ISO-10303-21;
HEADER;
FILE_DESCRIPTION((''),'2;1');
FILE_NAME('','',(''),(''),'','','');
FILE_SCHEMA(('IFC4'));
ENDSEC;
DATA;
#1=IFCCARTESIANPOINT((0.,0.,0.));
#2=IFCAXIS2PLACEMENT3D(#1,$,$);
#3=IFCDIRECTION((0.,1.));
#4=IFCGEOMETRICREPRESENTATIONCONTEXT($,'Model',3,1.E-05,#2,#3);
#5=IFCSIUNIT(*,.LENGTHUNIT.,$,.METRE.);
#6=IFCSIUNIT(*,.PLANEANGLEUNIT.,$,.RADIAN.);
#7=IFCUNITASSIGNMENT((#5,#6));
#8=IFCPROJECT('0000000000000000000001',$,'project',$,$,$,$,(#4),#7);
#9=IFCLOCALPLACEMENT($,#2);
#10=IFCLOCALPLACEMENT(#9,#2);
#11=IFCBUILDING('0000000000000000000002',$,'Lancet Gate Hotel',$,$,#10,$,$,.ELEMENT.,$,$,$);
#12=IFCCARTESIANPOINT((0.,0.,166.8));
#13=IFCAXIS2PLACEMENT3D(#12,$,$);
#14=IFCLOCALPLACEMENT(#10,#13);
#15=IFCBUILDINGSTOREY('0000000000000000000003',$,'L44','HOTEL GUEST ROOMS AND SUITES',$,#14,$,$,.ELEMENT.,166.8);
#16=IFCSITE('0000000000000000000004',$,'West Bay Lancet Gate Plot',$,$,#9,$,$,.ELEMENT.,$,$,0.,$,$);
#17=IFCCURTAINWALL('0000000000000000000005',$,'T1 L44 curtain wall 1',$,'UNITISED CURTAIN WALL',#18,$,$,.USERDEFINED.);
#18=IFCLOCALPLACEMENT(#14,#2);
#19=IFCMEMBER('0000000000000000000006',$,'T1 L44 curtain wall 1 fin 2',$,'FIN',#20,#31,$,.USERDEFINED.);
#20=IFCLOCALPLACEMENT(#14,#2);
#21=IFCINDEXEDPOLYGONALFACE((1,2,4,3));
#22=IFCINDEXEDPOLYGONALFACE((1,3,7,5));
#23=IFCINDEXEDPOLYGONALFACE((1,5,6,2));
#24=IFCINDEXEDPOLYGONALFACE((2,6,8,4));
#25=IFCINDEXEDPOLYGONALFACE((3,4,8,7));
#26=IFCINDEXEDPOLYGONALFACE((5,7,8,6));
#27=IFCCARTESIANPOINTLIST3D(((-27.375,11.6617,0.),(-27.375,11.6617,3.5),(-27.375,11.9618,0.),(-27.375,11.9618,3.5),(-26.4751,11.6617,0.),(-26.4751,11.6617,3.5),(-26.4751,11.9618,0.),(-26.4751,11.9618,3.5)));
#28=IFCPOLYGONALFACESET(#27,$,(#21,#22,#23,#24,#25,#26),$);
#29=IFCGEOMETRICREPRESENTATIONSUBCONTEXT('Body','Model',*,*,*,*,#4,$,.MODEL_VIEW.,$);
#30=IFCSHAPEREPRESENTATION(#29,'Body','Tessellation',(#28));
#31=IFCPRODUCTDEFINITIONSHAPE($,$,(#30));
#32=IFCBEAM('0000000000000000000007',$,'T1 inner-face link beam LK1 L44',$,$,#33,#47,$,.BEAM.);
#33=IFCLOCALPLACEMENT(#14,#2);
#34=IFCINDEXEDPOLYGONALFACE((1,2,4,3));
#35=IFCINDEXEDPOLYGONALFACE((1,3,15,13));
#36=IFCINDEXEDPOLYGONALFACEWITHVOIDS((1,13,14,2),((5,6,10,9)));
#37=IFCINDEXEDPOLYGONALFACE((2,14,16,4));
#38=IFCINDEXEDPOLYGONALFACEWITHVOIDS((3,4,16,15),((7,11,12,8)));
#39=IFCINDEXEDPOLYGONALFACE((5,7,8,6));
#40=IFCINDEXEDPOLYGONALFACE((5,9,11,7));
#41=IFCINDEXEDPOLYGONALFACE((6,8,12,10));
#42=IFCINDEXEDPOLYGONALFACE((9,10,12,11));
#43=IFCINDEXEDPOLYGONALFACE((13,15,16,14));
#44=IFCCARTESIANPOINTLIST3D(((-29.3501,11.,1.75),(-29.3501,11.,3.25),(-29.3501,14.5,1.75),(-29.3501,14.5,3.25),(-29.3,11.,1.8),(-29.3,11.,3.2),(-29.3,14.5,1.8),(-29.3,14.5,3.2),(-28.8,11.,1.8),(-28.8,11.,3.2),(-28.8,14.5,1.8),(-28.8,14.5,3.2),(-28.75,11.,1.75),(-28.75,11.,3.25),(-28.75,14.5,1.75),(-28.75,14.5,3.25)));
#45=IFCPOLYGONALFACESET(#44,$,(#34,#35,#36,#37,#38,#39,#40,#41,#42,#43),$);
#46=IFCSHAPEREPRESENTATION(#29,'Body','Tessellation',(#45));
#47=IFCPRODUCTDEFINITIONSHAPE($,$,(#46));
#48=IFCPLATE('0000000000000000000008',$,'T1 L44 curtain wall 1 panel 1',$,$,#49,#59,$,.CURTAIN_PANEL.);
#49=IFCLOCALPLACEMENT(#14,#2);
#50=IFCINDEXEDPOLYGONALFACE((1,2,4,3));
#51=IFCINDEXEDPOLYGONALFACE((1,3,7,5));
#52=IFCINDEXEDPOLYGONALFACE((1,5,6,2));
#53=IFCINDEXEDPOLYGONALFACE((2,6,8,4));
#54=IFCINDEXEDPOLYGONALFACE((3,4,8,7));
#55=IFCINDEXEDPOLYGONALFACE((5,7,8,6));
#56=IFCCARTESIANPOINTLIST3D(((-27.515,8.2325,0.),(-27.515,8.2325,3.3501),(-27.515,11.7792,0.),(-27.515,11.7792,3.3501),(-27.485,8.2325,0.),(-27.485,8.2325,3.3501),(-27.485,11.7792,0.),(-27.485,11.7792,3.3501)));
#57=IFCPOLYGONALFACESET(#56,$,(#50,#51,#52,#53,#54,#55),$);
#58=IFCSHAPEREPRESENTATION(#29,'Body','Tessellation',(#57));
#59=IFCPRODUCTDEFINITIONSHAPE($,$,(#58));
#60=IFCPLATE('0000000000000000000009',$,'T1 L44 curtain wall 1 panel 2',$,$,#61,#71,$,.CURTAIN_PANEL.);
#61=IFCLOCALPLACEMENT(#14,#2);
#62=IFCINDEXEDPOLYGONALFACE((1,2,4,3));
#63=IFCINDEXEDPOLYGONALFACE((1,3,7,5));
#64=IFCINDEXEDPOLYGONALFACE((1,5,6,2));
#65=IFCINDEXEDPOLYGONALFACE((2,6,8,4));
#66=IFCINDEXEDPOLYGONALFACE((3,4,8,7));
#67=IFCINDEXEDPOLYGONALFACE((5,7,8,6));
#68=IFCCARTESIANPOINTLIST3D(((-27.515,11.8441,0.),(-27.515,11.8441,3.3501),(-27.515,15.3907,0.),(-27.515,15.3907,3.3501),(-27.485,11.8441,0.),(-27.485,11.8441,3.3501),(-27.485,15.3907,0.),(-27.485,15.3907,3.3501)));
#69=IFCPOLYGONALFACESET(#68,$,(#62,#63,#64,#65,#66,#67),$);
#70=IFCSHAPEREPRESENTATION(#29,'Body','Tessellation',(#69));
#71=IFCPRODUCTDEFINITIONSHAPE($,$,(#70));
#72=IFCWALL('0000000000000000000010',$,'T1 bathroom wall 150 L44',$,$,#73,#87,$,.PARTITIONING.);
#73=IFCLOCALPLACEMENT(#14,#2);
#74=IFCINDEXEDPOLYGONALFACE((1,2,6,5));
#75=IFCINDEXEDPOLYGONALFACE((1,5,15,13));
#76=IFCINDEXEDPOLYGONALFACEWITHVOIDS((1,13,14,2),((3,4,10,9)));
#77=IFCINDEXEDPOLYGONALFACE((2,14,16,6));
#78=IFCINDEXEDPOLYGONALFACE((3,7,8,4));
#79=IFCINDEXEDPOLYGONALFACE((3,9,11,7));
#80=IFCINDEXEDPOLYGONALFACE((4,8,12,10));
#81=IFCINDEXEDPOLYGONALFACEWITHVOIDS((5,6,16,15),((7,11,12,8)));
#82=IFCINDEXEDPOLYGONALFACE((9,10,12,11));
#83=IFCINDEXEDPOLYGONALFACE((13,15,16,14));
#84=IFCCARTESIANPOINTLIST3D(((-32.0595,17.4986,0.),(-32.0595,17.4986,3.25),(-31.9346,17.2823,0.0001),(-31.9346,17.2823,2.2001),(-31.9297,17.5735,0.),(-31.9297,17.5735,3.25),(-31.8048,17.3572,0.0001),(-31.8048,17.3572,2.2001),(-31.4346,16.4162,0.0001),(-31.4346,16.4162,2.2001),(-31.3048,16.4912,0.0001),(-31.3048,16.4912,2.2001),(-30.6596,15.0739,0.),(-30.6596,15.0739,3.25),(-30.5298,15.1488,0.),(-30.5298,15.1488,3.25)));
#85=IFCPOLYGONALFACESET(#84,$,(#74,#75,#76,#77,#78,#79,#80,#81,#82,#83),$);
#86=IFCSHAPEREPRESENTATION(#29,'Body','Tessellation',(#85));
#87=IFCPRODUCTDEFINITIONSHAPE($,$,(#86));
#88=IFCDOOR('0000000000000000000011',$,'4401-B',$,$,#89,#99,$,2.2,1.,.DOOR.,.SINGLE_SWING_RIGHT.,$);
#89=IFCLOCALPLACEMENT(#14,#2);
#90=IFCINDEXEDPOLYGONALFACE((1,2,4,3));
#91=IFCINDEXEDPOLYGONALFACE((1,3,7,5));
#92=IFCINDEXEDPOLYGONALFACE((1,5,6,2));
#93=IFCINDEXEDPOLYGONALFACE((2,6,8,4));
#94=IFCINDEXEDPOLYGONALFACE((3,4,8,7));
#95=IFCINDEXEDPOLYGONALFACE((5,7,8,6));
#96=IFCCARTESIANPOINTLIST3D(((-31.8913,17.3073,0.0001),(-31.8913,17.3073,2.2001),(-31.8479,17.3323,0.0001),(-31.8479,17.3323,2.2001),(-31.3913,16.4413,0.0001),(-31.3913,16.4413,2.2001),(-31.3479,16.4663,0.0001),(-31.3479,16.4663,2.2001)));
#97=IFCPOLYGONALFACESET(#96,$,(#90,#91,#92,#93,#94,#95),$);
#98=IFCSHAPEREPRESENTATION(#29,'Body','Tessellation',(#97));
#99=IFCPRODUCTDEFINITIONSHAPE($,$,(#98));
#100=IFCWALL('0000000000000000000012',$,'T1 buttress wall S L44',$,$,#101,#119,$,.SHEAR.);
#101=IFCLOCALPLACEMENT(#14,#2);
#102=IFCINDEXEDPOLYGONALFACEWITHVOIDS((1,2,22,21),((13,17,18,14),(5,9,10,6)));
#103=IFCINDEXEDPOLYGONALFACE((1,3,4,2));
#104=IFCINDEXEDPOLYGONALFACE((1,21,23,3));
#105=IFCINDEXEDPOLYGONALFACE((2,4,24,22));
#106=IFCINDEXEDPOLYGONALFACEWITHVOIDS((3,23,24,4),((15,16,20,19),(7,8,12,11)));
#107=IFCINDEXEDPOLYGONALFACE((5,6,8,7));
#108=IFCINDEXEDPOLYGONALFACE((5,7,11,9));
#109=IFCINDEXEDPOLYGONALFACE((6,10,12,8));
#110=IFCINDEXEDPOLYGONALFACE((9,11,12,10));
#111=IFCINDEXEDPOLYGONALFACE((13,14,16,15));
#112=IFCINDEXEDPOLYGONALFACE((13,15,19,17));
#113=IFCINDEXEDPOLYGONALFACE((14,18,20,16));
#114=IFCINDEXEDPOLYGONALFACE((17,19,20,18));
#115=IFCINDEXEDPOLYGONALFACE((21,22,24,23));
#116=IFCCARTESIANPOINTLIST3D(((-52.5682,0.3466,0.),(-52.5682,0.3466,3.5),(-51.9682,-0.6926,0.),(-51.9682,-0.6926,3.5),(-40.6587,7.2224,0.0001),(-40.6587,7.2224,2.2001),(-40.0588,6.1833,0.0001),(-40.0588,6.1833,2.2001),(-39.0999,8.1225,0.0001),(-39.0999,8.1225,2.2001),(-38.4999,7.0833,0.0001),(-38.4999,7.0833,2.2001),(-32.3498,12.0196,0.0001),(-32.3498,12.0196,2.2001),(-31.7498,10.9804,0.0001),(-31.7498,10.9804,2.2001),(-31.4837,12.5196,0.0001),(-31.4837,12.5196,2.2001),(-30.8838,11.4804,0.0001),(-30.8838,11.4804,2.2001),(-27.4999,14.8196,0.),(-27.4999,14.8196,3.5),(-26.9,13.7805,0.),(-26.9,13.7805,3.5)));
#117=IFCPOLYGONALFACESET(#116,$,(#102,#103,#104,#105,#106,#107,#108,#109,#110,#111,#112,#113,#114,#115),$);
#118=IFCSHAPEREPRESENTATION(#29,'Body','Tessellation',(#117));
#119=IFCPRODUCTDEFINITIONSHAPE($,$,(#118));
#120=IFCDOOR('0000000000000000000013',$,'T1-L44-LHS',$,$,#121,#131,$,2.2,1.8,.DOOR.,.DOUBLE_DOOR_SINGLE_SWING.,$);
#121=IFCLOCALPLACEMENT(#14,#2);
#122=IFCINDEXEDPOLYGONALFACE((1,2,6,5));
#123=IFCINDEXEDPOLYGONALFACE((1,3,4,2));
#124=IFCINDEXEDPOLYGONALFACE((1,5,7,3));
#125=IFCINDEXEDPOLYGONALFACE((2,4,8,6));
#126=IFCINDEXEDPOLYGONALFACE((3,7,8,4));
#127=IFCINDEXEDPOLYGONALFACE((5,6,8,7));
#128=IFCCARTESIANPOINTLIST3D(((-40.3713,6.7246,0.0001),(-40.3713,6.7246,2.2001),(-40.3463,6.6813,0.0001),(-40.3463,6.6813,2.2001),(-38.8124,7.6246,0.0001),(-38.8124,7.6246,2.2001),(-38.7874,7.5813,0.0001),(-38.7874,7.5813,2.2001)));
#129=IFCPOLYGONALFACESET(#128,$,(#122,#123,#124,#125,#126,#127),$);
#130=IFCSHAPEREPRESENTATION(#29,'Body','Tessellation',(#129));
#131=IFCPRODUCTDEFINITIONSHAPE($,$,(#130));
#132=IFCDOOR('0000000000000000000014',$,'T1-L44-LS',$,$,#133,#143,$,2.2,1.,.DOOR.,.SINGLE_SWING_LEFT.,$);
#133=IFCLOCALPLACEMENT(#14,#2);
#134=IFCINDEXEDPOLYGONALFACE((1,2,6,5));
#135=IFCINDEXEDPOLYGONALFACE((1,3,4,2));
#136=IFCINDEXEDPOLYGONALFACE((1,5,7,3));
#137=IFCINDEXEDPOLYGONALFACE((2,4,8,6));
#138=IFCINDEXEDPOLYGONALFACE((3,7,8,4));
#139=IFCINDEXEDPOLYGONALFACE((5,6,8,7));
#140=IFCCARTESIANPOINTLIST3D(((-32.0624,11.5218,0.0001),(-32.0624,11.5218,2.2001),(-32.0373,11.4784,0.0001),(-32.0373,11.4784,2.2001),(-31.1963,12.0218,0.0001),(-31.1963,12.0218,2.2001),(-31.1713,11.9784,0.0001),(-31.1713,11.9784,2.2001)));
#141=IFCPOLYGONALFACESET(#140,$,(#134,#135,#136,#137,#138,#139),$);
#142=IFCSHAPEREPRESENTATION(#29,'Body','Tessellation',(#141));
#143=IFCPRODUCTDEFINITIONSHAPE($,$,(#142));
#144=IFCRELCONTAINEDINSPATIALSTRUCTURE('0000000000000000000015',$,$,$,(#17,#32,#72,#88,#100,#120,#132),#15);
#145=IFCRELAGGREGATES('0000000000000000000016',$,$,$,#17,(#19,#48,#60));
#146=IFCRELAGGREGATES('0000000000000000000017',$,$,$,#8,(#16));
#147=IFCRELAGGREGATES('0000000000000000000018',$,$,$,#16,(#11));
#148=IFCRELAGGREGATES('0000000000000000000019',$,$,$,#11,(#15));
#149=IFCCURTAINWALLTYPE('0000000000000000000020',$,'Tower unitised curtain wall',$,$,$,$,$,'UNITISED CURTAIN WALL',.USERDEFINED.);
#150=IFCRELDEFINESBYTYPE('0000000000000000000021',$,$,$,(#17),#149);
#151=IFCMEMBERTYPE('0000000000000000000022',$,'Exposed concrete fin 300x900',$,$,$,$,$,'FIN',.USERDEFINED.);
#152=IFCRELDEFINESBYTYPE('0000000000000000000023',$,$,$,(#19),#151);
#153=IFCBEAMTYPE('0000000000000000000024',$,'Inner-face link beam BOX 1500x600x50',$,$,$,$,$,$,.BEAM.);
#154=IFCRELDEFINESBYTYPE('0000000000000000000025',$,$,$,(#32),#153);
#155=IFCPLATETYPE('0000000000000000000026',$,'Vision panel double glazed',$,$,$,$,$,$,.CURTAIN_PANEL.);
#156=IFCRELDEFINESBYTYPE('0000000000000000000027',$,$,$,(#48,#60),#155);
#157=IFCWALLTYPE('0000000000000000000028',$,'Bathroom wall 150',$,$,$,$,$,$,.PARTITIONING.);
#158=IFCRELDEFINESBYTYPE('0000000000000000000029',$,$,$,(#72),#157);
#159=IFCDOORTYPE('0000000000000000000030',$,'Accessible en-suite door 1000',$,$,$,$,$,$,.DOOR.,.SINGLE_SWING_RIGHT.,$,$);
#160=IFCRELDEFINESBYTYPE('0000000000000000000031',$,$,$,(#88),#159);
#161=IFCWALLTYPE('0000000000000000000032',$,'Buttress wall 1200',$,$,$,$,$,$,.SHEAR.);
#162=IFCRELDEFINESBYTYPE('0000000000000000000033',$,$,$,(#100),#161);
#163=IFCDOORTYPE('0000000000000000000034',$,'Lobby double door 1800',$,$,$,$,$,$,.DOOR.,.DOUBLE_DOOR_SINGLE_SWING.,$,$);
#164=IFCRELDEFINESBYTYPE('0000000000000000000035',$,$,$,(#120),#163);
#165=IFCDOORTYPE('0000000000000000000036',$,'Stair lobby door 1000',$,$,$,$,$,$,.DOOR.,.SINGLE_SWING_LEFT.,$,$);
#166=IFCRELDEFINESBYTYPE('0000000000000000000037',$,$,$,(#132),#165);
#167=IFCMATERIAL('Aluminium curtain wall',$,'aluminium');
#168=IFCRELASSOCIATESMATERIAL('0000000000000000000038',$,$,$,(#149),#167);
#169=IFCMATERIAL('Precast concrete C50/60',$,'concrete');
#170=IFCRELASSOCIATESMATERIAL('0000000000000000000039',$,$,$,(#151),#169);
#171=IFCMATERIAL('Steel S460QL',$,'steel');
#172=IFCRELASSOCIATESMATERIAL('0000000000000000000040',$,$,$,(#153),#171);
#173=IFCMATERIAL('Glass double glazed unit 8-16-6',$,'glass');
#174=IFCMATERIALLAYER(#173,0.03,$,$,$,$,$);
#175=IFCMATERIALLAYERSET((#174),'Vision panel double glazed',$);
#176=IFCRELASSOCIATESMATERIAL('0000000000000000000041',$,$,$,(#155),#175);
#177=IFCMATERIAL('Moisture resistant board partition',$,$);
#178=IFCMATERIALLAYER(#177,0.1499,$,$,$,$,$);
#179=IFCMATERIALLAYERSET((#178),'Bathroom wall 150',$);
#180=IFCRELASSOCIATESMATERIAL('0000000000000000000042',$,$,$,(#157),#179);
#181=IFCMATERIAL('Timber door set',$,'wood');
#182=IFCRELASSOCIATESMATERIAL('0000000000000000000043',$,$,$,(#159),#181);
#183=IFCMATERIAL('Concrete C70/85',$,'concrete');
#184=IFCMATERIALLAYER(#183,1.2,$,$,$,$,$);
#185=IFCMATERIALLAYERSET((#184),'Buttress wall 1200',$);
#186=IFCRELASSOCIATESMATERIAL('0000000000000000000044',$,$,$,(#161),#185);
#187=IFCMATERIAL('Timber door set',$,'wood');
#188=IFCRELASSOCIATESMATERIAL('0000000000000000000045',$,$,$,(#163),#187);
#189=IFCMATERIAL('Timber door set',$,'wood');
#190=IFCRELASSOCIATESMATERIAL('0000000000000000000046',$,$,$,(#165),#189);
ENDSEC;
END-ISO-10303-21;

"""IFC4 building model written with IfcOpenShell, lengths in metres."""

from ifc_helpers import new_model, si_unit, direction, frame, frame_2d, origin, origin_2d, place, context, subcontext, project, spatial, rectangle, hollow_rectangle, extrude, material, layer, layer_set, material_profile, profile_set, type_object, element, fill, aggregate, save


model = new_model("IFC4")

# Units and contexts
model_context = context("Model", 3, precision=1e-05, world=origin(), true_north=direction((0.0, 1.0)))
body_context = subcontext(model_context, "Body", "Model", "MODEL_VIEW")
ifc_project = project(units=[si_unit("LENGTHUNIT", "METRE"), si_unit("PLANEANGLEUNIT", "RADIAN")], contexts=[model_context])

# Site, building, storey
site_placement = place(None, origin())
site = spatial("IfcSite", under=ifc_project, at=site_placement, Name="West Bay Lancet Gate Plot", CompositionType="ELEMENT", RefElevation=0.0)
building_placement = place(site_placement, origin())
building = spatial("IfcBuilding", under=site, at=building_placement, Name="Lancet Gate Hotel", CompositionType="ELEMENT")
storey_placement = place(building_placement, frame((0.0, 0.0, 166.8)))
storey = spatial("IfcBuildingStorey", under=building, at=storey_placement, Name="L44", Description="HOTEL GUEST ROOMS AND SUITES", CompositionType="ELEMENT", Elevation=166.8)

# Curtain wall, member
ifc_material_1 = material(Name="Aluminium curtain wall", Category="aluminium")
curtain_wall_type = type_object("IfcCurtainWallType", Name="Tower unitised curtain wall", ElementType="UNITISED CURTAIN WALL", PredefinedType="USERDEFINED", material=ifc_material_1)
curtain_wall_placement = place(storey_placement, origin())
curtain_wall = element("IfcCurtainWall", 1, at=curtain_wall_placement, inside=storey, type_object=curtain_wall_type, Name="T1 L44 curtain wall 1", ObjectType="UNITISED CURTAIN WALL", PredefinedType="USERDEFINED")
ifc_material_2 = material(Name="Precast concrete C50/60", Category="concrete")
ifc_material_profile_1 = material_profile(ifc_material_2, rectangle(XDim=0.3, YDim=0.8999, at=origin_2d()), Name="FIN 300x900")
ifc_profile_set_1 = profile_set([ifc_material_profile_1], Name="Precast concrete C50/60")
member_type_1 = type_object("IfcMemberType", Name="Exposed concrete fin 300x900", ElementType="FIN", PredefinedType="USERDEFINED", material=ifc_profile_set_1)
member_1_placement = place(storey_placement, frame((-26.925, 11.8118, 0.0), z_axis=(0.0, 0.0, 1.0), x_axis=(0.0, 1.0, 0.0)))
member_1 = element("IfcMember", 2, at=member_1_placement, type_object=member_type_1, Name="T1 L44 curtain wall 1 fin 2", ObjectType="FIN", PredefinedType="USERDEFINED", context=body_context, shape_type="SweptSolid", body=[
    extrude(rectangle(XDim=0.3, YDim=0.8999, at=origin_2d()), origin(), (0.0, 0.0, 1.0), 3.5),
])

# Beam
ifc_material_3 = material(Name="Steel S460QL", Category="steel")
ifc_material_profile_2 = material_profile(ifc_material_3, hollow_rectangle(XDim=0.6001, YDim=1.5, WallThickness=0.05, at=origin_2d()), Name="BOX 1500x600x50")
ifc_profile_set_2 = profile_set([ifc_material_profile_2], Name="Steel S460QL")
beam_type = type_object("IfcBeamType", Name="Inner-face link beam BOX 1500x600x50", PredefinedType="BEAM", material=ifc_profile_set_2)
beam_placement = place(storey_placement, frame((-29.05, 14.5, 2.5), z_axis=(0.0, -1.0, 0.0), x_axis=(1.0, 0.0, 0.0)))
element("IfcBeam", 3, at=beam_placement, inside=storey, type_object=beam_type, Name="T1 inner-face link beam LK1 L44", PredefinedType="BEAM", context=body_context, shape_type="SweptSolid", body=[
    extrude(hollow_rectangle(XDim=0.6001, YDim=1.5, WallThickness=0.05, at=origin_2d()), origin(), (0.0, 0.0, 1.0), 3.5),
])

# Plates
ifc_material_4 = material(Name="Glass double glazed unit 8-16-6", Category="glass")
ifc_layer_1 = layer(ifc_material_4, 0.03)
ifc_layer_set_1 = layer_set([ifc_layer_1], Name="Vision panel double glazed")
plate_type = type_object("IfcPlateType", Name="Vision panel double glazed", PredefinedType="CURTAIN_PANEL", material=ifc_layer_set_1)
plate_1_placement = place(storey_placement, frame((-27.5, 10.0059, 0.0), z_axis=(0.0, 0.0, 1.0), x_axis=(0.0, 1.0, 0.0)))
plate_1 = element("IfcPlate", 4, at=plate_1_placement, type_object=plate_type, Name="T1 L44 curtain wall 1 panel 1", PredefinedType="CURTAIN_PANEL", context=body_context, shape_type="SweptSolid", body=[
    extrude(rectangle(XDim=3.5466, YDim=0.03, at=origin_2d()), origin(), (0.0, 0.0, 1.0), 3.3501),
])
plate_2_placement = place(storey_placement, frame((-27.5, 13.6174, 0.0), z_axis=(0.0, 0.0, 1.0), x_axis=(0.0, 1.0, 0.0)))
plate_2 = element("IfcPlate", 5, at=plate_2_placement, type_object=plate_type, Name="T1 L44 curtain wall 1 panel 2", PredefinedType="CURTAIN_PANEL", context=body_context, shape_type="SweptSolid", body=[
    extrude(rectangle(XDim=3.5466, YDim=0.03, at=origin_2d()), origin(), (0.0, 0.0, 1.0), 3.3501),
])
aggregate(curtain_wall, [member_1, plate_1, plate_2])

# Wall, opening, door
ifc_material_5 = material(Name="Moisture resistant board partition")
ifc_layer_2 = layer(ifc_material_5, 0.1499)
ifc_layer_set_2 = layer_set([ifc_layer_2], Name="Bathroom wall 150")
wall_type_1 = type_object("IfcWallType", Name="Bathroom wall 150", PredefinedType="PARTITIONING", material=ifc_layer_set_2)
wall_1_placement = place(storey_placement, frame((-30.5947, 15.1113, 0.0), z_axis=(0.0, 0.0, 1.0), x_axis=(-0.499984, 0.866035, 0.0)))
wall_1 = element("IfcWall", 6, at=wall_1_placement, inside=storey, type_object=wall_type_1, Name="T1 bathroom wall 150 L44", PredefinedType="PARTITIONING", context=body_context, shape_type="SweptSolid", body=[
    extrude(rectangle(XDim=2.7998, YDim=0.1499, at=frame_2d((1.3999, 0.0))), origin(), (0.0, 0.0, 1.0), 3.25),
])
opening_1_placement = place(wall_1_placement, frame((1.55, 0.0, 0.0)))
opening_1 = element("IfcOpeningElement", 7, at=opening_1_placement, cuts=wall_1, PredefinedType="OPENING", context=body_context, shape_type="SweptSolid", body=[
    extrude(rectangle(XDim=1.0, YDim=2.2, at=frame_2d((0.5, 1.1001))), frame((0.0, 0.085, 0.0), z_axis=(0.0, -1.0, 0.0), x_axis=(1.0, 0.0, 0.0)), (0.0, 0.0, 1.0), 0.1699),
])
ifc_material_6 = material(Name="Timber door set", Category="wood")
door_type_1 = type_object("IfcDoorType", Name="Accessible en-suite door 1000", OperationType="SINGLE_SWING_RIGHT", PredefinedType="DOOR", material=ifc_material_6)
door_1_placement = place(opening_1_placement, origin())
door_1 = element("IfcDoor", 8, at=door_1_placement, inside=storey, type_object=door_type_1, Name="4401-B", OperationType="SINGLE_SWING_RIGHT", OverallHeight=2.2, OverallWidth=1.0, PredefinedType="DOOR", context=body_context, shape_type="SweptSolid", body=[
    extrude(rectangle(XDim=1.0, YDim=2.2, at=frame_2d((0.5, 1.1001))), frame((0.0, 0.0249, 0.0), z_axis=(0.0, -1.0, 0.0), x_axis=(1.0, 0.0, 0.0)), (0.0, 0.0, 1.0), 0.05),
])
fill(opening_1, door_1)

# Wall, openings, doors
ifc_material_7 = material(Name="Concrete C70/85", Category="concrete")
ifc_layer_3 = layer(ifc_material_7, 1.2)
ifc_layer_set_3 = layer_set([ifc_layer_3], Name="Buttress wall 1200")
wall_type_2 = type_object("IfcWallType", Name="Buttress wall 1200", PredefinedType="SHEAR", material=ifc_layer_set_3)
wall_2_placement = place(storey_placement, frame((-27.2, 14.3, 0.0), z_axis=(0.0, 0.0, 1.0), x_axis=(-0.866027, -0.499998, 0.0)))
wall_2 = element("IfcWall", 9, at=wall_2_placement, inside=storey, type_object=wall_type_2, Name="T1 buttress wall S L44", PredefinedType="SHEAR", context=body_context, shape_type="SweptSolid", body=[
    extrude(rectangle(XDim=28.9463, YDim=1.2, at=frame_2d((14.4731, 0.0))), origin(), (0.0, 0.0, 1.0), 3.5),
])
opening_2_placement = place(wall_2_placement, frame((4.6001, 0.0, 0.0)))
opening_2 = element("IfcOpeningElement", 10, at=opening_2_placement, cuts=wall_2, PredefinedType="OPENING", context=body_context, shape_type="SweptSolid", body=[
    extrude(rectangle(XDim=1.0, YDim=2.2, at=frame_2d((0.5, 1.1001))), frame((0.0, 0.6099, 0.0), z_axis=(0.0, -1.0, 0.0), x_axis=(1.0, 0.0, 0.0)), (0.0, 0.0, 1.0), 1.22),
])
opening_3_placement = place(wall_2_placement, frame((13.3945, 0.0, 0.0)))
opening_3 = element("IfcOpeningElement", 11, at=opening_3_placement, cuts=wall_2, PredefinedType="OPENING", context=body_context, shape_type="SweptSolid", body=[
    extrude(rectangle(XDim=1.8, YDim=2.2, at=frame_2d((0.8999, 1.1001))), frame((0.0, 0.6099, 0.0), z_axis=(0.0, -1.0, 0.0), x_axis=(1.0, 0.0, 0.0)), (0.0, 0.0, 1.0), 1.22),
])
ifc_material_8 = material(Name="Timber door set", Category="wood")
door_type_2 = type_object("IfcDoorType", Name="Lobby double door 1800", OperationType="DOUBLE_DOOR_SINGLE_SWING", PredefinedType="DOOR", material=ifc_material_8)
door_2_placement = place(opening_3_placement, origin())
door_2 = element("IfcDoor", 12, at=door_2_placement, inside=storey, type_object=door_type_2, Name="T1-L44-LHS", OperationType="DOUBLE_DOOR_SINGLE_SWING", OverallHeight=2.2, OverallWidth=1.8, PredefinedType="DOOR", context=body_context, shape_type="SweptSolid", body=[
    extrude(rectangle(XDim=1.8, YDim=2.2, at=frame_2d((0.8999, 1.1001))), frame((0.0, 0.0249, 0.0), z_axis=(0.0, -1.0, 0.0), x_axis=(1.0, 0.0, 0.0)), (0.0, 0.0, 1.0), 0.05),
])
fill(opening_3, door_2)
ifc_material_9 = material(Name="Timber door set", Category="wood")
door_type_3 = type_object("IfcDoorType", Name="Stair lobby door 1000", OperationType="SINGLE_SWING_LEFT", PredefinedType="DOOR", material=ifc_material_9)
door_3_placement = place(opening_2_placement, origin())
door_3 = element("IfcDoor", 13, at=door_3_placement, inside=storey, type_object=door_type_3, Name="T1-L44-LS", OperationType="SINGLE_SWING_LEFT", OverallHeight=2.2, OverallWidth=1.0, PredefinedType="DOOR", context=body_context, shape_type="SweptSolid", body=[
    extrude(rectangle(XDim=1.0, YDim=2.2, at=frame_2d((0.5, 1.1001))), frame((0.0, 0.0249, 0.0), z_axis=(0.0, -1.0, 0.0), x_axis=(1.0, 0.0, 0.0)), (0.0, 0.0, 1.0), 0.05),
])
fill(opening_2, door_3)

save(model, "model.ifc")
